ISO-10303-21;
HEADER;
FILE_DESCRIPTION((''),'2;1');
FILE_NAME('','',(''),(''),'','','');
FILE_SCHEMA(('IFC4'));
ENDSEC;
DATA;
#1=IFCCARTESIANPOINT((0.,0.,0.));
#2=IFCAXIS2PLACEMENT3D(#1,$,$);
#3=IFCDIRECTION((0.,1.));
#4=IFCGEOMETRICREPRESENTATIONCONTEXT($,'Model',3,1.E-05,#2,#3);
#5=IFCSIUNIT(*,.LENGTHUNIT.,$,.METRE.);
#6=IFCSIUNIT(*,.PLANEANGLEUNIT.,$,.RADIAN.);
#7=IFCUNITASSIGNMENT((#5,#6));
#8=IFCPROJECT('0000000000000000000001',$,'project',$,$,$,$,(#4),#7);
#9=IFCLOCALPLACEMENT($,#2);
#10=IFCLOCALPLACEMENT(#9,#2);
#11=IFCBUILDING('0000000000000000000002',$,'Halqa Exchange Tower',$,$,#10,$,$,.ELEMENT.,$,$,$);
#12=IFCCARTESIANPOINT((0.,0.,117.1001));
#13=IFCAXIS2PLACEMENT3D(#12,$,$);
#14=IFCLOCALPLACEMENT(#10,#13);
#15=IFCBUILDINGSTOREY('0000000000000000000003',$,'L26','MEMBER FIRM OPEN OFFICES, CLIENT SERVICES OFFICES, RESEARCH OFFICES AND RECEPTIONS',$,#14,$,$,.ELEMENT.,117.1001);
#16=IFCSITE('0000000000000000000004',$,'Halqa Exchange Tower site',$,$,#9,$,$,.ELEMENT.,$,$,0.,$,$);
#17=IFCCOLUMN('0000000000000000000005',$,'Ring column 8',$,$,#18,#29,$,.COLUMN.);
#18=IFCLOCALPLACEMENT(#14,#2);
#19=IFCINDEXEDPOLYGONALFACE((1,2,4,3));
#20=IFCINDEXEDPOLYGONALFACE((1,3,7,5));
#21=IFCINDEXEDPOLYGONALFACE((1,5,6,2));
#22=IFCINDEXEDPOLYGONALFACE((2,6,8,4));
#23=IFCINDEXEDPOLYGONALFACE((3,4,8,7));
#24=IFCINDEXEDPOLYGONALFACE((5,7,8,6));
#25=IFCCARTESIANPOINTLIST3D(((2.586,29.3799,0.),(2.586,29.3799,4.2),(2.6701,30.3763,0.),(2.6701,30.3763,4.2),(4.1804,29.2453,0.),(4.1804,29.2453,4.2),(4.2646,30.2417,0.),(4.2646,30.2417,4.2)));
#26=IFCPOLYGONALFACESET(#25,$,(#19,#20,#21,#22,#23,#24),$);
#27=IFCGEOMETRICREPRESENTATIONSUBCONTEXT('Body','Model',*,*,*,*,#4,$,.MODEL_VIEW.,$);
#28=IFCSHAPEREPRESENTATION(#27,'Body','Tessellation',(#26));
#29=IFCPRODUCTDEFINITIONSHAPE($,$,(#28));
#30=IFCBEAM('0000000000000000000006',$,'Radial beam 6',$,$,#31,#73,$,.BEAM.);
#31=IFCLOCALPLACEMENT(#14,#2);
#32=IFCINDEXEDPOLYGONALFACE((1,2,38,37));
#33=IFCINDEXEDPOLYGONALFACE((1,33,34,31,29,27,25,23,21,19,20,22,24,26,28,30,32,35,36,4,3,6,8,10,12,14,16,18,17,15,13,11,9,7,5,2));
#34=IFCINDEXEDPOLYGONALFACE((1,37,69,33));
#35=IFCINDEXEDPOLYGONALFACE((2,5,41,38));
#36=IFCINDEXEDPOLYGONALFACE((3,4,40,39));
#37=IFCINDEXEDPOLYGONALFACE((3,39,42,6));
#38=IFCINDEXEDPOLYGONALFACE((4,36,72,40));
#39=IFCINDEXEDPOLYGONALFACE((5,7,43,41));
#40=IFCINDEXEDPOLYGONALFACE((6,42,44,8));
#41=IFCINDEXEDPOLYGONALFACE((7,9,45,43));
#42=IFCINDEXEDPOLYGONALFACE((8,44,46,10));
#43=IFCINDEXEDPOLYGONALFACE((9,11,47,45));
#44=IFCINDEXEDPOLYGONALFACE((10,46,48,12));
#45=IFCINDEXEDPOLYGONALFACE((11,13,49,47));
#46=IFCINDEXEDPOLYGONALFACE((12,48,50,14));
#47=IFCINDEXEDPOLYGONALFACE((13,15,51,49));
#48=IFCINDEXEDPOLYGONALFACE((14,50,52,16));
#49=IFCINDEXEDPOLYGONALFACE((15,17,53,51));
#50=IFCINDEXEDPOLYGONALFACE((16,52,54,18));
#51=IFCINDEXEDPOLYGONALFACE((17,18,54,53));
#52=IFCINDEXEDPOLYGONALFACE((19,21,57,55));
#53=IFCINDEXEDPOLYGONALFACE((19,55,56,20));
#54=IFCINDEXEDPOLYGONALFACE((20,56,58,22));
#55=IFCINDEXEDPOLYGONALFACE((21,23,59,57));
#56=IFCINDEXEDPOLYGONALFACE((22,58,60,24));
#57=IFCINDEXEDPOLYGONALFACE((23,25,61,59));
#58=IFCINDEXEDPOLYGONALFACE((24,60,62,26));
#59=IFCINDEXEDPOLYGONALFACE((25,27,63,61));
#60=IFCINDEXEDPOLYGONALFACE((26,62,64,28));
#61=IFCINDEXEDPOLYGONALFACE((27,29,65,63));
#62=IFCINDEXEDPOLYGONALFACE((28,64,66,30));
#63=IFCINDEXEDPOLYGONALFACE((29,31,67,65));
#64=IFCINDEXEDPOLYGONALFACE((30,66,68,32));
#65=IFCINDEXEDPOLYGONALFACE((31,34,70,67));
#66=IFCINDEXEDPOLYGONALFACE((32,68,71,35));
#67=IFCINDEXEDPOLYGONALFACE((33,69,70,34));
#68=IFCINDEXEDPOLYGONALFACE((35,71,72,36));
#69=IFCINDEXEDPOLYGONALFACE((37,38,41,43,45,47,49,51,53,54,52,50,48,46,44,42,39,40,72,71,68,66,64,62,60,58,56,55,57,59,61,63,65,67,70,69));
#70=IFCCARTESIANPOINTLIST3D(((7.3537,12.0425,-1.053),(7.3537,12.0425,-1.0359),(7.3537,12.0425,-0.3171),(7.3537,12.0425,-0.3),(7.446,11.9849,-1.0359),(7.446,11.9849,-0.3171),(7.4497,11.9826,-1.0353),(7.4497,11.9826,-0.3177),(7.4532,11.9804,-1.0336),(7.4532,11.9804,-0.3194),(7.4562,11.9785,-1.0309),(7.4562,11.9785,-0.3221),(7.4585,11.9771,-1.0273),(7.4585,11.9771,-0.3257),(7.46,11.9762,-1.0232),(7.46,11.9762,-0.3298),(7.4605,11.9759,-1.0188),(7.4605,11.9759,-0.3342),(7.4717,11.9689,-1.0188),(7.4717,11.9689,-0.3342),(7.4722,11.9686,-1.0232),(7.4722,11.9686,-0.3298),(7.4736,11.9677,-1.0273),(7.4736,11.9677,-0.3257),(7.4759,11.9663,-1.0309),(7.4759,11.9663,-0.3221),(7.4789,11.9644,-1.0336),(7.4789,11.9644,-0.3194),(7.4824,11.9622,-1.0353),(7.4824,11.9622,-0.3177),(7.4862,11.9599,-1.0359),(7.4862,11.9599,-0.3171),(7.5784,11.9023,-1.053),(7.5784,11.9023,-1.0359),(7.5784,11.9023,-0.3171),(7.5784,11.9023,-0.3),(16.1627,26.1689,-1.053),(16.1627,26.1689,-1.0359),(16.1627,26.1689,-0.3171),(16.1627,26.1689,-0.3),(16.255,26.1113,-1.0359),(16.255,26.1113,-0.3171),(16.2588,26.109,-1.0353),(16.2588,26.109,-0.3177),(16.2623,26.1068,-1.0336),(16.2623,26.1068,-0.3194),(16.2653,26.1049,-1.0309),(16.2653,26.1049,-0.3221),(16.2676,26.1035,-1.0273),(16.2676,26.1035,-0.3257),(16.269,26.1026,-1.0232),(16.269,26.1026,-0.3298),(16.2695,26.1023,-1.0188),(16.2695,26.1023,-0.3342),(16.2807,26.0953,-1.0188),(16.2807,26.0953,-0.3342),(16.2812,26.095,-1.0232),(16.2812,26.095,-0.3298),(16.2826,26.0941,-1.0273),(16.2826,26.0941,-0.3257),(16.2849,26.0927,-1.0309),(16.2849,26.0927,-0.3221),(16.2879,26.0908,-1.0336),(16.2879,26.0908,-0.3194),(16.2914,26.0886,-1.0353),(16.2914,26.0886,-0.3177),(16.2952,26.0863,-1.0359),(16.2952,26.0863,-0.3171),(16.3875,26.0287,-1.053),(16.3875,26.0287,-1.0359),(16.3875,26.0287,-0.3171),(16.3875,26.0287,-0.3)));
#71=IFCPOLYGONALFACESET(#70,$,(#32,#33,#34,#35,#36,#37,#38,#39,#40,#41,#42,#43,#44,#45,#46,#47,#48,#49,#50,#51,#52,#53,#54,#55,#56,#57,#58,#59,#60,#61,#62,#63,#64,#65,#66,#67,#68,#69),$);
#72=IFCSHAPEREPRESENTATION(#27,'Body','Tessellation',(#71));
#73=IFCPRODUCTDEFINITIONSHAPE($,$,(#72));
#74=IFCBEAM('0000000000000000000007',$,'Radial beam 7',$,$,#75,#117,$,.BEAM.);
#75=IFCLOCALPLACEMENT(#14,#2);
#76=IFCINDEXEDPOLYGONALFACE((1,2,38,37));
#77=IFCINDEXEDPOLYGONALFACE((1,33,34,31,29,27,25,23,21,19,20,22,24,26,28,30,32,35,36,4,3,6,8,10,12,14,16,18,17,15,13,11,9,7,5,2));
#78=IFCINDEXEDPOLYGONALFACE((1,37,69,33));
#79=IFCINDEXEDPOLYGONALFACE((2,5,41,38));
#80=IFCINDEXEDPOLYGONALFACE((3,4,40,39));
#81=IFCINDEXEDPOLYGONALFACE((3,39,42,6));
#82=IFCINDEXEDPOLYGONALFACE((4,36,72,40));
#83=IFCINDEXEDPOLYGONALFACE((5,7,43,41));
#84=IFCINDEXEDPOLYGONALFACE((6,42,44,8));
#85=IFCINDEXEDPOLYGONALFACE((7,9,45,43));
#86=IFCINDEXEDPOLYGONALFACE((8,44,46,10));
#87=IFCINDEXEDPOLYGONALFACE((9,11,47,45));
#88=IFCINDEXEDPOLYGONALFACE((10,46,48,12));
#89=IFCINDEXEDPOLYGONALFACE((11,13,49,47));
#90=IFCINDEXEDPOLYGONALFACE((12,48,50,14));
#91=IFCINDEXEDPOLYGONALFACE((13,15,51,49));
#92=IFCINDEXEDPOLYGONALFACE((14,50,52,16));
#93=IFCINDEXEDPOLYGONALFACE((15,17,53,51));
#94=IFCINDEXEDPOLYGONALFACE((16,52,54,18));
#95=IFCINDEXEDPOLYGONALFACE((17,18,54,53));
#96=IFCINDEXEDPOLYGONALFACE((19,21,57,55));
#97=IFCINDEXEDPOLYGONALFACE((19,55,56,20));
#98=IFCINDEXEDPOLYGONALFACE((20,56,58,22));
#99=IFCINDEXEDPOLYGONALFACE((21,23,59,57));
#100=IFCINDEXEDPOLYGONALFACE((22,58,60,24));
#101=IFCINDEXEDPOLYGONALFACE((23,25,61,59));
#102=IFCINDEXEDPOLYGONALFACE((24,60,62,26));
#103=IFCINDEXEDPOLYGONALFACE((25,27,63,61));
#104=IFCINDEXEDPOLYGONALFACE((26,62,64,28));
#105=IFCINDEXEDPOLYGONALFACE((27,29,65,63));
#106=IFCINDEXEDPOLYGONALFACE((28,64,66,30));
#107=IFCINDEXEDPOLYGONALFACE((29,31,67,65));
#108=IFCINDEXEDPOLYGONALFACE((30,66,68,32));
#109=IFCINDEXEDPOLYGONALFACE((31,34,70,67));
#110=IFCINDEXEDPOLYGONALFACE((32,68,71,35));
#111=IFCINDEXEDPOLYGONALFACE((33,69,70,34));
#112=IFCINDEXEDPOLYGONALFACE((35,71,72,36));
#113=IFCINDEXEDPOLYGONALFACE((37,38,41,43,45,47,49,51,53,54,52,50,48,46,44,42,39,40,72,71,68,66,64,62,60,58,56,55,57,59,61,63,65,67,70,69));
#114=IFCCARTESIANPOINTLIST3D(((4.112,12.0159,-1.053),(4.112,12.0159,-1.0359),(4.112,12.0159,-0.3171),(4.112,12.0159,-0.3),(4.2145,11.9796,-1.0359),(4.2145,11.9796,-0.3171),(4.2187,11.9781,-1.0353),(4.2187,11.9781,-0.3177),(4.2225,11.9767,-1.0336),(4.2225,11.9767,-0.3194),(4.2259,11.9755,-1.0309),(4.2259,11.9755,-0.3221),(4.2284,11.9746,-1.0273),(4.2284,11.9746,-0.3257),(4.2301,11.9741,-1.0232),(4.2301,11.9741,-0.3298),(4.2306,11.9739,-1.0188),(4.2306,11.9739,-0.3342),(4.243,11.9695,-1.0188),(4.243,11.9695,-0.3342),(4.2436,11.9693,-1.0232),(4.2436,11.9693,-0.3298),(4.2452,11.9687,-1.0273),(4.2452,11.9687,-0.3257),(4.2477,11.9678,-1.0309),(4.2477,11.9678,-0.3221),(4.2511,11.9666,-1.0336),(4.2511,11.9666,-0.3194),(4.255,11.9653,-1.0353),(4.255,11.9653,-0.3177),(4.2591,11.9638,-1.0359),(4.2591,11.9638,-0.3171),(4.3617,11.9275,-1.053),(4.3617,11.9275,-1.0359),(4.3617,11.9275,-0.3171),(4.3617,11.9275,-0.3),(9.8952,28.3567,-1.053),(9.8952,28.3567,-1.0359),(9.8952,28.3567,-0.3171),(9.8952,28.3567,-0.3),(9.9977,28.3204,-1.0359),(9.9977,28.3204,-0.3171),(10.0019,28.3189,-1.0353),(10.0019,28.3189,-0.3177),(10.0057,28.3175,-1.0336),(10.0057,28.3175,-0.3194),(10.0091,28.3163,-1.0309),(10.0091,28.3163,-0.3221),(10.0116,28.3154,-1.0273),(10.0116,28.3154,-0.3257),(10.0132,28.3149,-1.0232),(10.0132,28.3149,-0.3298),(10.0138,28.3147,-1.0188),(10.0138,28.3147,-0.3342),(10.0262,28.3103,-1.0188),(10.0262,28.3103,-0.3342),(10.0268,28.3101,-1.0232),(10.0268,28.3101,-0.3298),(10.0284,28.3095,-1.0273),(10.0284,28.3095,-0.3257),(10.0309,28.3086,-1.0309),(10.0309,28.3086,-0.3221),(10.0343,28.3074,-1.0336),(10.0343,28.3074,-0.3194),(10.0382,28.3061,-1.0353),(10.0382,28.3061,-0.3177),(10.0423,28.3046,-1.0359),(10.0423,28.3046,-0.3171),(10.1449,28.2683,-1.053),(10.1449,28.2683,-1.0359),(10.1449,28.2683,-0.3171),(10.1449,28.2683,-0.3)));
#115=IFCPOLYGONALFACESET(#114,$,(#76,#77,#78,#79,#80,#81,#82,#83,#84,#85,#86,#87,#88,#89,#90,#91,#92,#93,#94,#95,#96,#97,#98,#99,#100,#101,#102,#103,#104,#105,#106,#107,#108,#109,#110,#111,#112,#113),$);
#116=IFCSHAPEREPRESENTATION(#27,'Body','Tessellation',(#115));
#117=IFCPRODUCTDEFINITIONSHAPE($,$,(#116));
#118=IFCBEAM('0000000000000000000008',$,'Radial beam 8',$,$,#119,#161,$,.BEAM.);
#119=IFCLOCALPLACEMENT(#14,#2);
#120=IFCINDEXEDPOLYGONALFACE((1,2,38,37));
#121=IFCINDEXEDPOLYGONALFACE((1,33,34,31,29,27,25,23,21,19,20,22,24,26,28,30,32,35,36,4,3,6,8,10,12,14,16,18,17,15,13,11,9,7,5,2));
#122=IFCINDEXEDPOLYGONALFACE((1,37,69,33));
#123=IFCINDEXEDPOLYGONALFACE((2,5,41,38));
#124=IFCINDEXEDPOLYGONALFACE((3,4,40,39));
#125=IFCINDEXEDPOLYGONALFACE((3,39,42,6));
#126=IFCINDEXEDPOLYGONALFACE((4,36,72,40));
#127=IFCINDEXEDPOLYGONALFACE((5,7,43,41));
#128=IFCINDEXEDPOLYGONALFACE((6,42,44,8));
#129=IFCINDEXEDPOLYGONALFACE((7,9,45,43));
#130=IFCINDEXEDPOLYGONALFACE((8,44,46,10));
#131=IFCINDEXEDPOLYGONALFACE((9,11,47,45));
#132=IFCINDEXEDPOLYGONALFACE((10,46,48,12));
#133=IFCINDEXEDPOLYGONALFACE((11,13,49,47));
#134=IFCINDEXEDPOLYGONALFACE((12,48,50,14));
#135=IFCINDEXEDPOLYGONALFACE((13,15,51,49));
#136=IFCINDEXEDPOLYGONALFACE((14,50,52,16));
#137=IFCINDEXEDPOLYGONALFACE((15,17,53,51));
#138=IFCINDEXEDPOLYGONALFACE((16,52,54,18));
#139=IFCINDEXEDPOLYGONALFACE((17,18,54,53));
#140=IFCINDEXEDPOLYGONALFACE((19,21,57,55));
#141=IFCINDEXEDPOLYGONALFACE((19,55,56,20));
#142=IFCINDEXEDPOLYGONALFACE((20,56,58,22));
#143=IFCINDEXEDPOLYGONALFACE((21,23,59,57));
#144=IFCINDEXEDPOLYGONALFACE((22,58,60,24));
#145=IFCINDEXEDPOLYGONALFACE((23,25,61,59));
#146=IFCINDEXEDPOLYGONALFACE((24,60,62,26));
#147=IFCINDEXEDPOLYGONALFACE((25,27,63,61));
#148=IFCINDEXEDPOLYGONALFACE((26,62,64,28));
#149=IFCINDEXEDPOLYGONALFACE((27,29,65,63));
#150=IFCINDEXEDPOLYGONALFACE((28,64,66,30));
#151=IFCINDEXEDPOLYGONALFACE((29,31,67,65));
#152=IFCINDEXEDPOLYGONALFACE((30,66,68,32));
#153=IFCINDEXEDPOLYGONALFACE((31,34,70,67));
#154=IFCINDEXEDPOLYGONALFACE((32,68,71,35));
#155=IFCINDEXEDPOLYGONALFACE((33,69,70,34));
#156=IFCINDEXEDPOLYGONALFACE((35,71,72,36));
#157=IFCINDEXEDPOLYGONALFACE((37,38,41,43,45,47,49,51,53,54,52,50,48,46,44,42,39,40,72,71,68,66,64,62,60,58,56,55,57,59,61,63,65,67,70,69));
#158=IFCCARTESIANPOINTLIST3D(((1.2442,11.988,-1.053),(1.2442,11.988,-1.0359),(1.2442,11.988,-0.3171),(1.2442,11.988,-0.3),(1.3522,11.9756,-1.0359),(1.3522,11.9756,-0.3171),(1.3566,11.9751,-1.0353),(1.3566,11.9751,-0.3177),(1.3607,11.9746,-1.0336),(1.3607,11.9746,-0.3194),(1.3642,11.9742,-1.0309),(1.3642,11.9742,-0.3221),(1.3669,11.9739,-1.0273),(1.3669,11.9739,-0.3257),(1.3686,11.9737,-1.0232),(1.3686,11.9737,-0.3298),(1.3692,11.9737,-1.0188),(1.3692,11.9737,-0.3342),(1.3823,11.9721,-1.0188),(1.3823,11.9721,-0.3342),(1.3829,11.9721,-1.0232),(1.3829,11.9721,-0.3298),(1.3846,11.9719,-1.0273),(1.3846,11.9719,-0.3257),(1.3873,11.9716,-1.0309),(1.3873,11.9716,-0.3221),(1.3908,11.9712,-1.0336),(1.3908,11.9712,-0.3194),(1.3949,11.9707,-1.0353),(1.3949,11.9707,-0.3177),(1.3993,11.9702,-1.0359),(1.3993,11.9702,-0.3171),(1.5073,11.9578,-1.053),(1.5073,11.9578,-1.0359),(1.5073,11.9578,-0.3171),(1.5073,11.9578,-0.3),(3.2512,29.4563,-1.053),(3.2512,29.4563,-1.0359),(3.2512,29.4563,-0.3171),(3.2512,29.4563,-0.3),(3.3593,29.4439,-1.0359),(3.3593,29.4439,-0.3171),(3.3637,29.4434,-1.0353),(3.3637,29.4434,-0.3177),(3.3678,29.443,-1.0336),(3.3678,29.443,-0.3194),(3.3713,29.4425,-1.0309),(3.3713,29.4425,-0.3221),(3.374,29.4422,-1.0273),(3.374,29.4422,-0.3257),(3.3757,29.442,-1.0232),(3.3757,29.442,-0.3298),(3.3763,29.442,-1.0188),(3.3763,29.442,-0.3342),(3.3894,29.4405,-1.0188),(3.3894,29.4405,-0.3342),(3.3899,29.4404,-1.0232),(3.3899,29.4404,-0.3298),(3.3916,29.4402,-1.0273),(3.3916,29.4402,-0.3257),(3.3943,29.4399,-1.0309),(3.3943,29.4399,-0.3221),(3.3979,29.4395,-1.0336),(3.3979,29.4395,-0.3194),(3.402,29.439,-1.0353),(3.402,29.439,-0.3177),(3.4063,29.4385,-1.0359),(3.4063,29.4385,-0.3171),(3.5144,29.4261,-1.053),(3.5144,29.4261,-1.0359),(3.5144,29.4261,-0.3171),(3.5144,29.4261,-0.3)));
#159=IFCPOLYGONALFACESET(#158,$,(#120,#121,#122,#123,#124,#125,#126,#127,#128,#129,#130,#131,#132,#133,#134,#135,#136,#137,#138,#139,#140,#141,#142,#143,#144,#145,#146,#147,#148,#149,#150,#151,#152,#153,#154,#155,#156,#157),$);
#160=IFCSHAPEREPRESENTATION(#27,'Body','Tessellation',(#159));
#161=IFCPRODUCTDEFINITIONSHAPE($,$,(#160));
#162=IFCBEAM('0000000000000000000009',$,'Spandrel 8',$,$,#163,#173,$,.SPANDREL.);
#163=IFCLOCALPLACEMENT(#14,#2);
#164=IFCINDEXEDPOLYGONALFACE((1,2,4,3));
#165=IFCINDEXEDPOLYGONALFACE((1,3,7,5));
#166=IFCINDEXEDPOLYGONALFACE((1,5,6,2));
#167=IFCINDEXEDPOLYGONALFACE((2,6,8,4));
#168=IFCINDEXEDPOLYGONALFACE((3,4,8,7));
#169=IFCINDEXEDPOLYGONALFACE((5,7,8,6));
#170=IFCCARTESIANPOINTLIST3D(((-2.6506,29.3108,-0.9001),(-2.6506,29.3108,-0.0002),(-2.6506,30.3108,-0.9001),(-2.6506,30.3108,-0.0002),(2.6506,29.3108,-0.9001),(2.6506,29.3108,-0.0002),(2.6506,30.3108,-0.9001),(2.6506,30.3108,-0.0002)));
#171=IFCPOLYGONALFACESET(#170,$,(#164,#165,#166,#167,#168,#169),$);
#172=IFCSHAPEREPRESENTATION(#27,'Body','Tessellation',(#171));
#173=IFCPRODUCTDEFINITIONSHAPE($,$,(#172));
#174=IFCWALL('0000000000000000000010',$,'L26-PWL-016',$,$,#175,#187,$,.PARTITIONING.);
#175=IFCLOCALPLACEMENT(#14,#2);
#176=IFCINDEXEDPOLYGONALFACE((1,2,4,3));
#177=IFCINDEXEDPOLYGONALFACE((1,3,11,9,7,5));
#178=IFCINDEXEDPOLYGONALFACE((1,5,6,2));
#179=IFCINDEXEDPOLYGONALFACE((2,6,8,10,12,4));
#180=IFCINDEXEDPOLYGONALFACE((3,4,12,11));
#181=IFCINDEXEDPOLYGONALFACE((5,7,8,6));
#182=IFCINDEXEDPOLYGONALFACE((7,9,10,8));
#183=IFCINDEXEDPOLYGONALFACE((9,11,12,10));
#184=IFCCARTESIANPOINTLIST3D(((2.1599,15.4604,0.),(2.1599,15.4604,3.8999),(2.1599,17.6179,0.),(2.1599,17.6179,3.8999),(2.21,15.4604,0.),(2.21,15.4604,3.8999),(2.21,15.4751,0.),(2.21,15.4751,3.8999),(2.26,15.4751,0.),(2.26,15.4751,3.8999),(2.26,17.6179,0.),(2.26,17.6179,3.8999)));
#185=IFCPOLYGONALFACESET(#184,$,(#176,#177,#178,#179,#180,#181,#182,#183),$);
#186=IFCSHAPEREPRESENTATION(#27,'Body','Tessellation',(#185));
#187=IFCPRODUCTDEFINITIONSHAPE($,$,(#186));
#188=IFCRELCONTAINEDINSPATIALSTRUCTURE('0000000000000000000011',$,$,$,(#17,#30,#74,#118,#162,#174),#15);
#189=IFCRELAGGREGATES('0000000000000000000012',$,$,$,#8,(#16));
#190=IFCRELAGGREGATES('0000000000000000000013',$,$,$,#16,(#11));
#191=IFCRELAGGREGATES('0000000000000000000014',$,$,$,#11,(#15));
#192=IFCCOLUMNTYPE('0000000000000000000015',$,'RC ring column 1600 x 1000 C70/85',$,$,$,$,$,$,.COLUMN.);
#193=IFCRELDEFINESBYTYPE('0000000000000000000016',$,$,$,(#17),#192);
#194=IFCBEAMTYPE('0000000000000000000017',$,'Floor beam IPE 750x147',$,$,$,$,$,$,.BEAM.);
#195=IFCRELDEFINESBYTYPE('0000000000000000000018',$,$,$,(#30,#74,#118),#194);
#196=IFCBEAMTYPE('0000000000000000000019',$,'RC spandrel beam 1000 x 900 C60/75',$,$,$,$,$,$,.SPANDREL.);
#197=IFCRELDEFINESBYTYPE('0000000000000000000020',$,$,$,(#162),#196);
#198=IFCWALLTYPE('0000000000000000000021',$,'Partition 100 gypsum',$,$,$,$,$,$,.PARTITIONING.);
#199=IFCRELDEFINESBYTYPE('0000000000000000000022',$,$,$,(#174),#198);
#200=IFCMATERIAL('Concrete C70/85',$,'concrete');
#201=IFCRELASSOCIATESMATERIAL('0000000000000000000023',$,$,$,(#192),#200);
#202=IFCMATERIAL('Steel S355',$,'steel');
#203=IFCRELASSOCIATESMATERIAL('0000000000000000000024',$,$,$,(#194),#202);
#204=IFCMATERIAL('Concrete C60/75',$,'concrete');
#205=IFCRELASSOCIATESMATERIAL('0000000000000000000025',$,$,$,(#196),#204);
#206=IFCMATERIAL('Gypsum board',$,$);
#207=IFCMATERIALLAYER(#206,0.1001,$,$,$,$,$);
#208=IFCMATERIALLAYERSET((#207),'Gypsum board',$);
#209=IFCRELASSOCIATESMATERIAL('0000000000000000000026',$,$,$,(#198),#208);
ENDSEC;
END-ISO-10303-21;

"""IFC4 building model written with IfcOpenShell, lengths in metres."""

from ifc_helpers import new_model, si_unit, direction, frame, origin, origin_2d, place, context, subcontext, project, spatial, polyline, rectangle, i_section, outline, extrude, material, layer, layer_set, material_profile, profile_set, type_object, element, save


model = new_model("IFC4")

# Units and contexts
model_context = context("Model", 3, precision=1e-05, world=origin(), true_north=direction((0.0, 1.0)))
body_context = subcontext(model_context, "Body", "Model", "MODEL_VIEW")
ifc_project = project(units=[si_unit("LENGTHUNIT", "METRE"), si_unit("PLANEANGLEUNIT", "RADIAN")], contexts=[model_context])

# Site, building, storey
site_placement = place(None, origin())
site = spatial("IfcSite", under=ifc_project, at=site_placement, Name="Halqa Exchange Tower site", CompositionType="ELEMENT", RefElevation=0.0)
building_placement = place(site_placement, origin())
building = spatial("IfcBuilding", under=site, at=building_placement, Name="Halqa Exchange Tower", CompositionType="ELEMENT")
storey_placement = place(building_placement, frame((0.0, 0.0, 117.1001)))
storey = spatial("IfcBuildingStorey", under=building, at=storey_placement, Name="L26", Description="MEMBER FIRM OPEN OFFICES, CLIENT SERVICES OFFICES, RESEARCH OFFICES AND RECEPTIONS", CompositionType="ELEMENT", Elevation=117.1001)

# Column
ifc_material_1 = material(Name="Concrete C70/85", Category="concrete")
ifc_material_profile_1 = material_profile(ifc_material_1, rectangle(XDim=1.6001, YDim=1.0, at=origin_2d()), Name="1600 x 1000")
ifc_profile_set_1 = profile_set([ifc_material_profile_1], Name="Concrete C70/85")
column_type = type_object("IfcColumnType", Name="RC ring column 1600 x 1000 C70/85", PredefinedType="COLUMN", material=ifc_profile_set_1)
column_placement = place(storey_placement, frame((3.4253, 29.8108, 0.0), z_axis=(0.0, 0.0, 1.0), x_axis=(-0.996456, 0.084121, 0.0)))
element("IfcColumn", 1, at=column_placement, inside=storey, type_object=column_type, Name="Ring column 8", PredefinedType="COLUMN", context=body_context, shape_type="SweptSolid", body=[
    extrude(rectangle(XDim=1.6001, YDim=1.0, at=origin_2d()), origin(), (0.0, 0.0, 1.0), 4.2),
])

# Beams
ifc_material_2 = material(Name="Steel S355", Category="steel")
ifc_material_profile_2 = material_profile(ifc_material_2, i_section(OverallWidth=0.2649, OverallDepth=0.7529, WebThickness=0.0132, FlangeThickness=0.0171, FilletRadius=0.0171, at=origin_2d()), Name="IPE 750x147")
ifc_profile_set_2 = profile_set([ifc_material_profile_2], Name="Steel S355")
beam_type_1 = type_object("IfcBeamType", Name="Floor beam IPE 750x147", PredefinedType="BEAM", material=ifc_profile_set_2)
beam_1_placement = place(storey_placement, frame((7.4661, 11.9724, -0.6765), z_axis=(0.529137, 0.848537, 0.0), x_axis=(-0.848537, 0.529137, 0.0)))
element("IfcBeam", 2, at=beam_1_placement, inside=storey, type_object=beam_type_1, Name="Radial beam 6", PredefinedType="BEAM", context=body_context, shape_type="SweptSolid", body=[
    extrude(i_section(OverallWidth=0.2649, OverallDepth=0.7529, WebThickness=0.0132, FlangeThickness=0.0171, FilletRadius=0.0171, at=origin_2d()), origin(), (0.0, 0.0, 1.0), 16.6479),
])
beam_2_placement = place(storey_placement, frame((4.2368, 11.9717, -0.6765), z_axis=(0.333633, 0.942703, 0.0), x_axis=(-0.942703, 0.333633, 0.0)))
element("IfcBeam", 3, at=beam_2_placement, inside=storey, type_object=beam_type_1, Name="Radial beam 7", PredefinedType="BEAM", context=body_context, shape_type="SweptSolid", body=[
    extrude(i_section(OverallWidth=0.2649, OverallDepth=0.7529, WebThickness=0.0132, FlangeThickness=0.0171, FilletRadius=0.0171, at=origin_2d()), origin(), (0.0, 0.0, 1.0), 17.334),
])
beam_3_placement = place(storey_placement, frame((1.3757, 11.9729, -0.6765), z_axis=(0.114148, 0.993464, 0.0), x_axis=(-0.993464, 0.114148, 0.0)))
element("IfcBeam", 4, at=beam_3_placement, inside=storey, type_object=beam_type_1, Name="Radial beam 8", PredefinedType="BEAM", context=body_context, shape_type="SweptSolid", body=[
    extrude(i_section(OverallWidth=0.2649, OverallDepth=0.7529, WebThickness=0.0132, FlangeThickness=0.0171, FilletRadius=0.0171, at=origin_2d()), origin(), (0.0, 0.0, 1.0), 17.5833),
])
ifc_material_3 = material(Name="Concrete C60/75", Category="concrete")
ifc_material_profile_3 = material_profile(ifc_material_3, rectangle(XDim=1.0, YDim=0.8999, at=origin_2d()), Name="1000 x 900")
ifc_profile_set_3 = profile_set([ifc_material_profile_3], Name="Concrete C60/75")
beam_type_2 = type_object("IfcBeamType", Name="RC spandrel beam 1000 x 900 C60/75", PredefinedType="SPANDREL", material=ifc_profile_set_3)
beam_4_placement = place(storey_placement, frame((2.6506, 29.8108, -0.4502), z_axis=(-1.0, 0.0, 0.0), x_axis=(0.0, -1.0, 0.0)))
element("IfcBeam", 5, at=beam_4_placement, inside=storey, type_object=beam_type_2, Name="Spandrel 8", PredefinedType="SPANDREL", context=body_context, shape_type="SweptSolid", body=[
    extrude(rectangle(XDim=1.0, YDim=0.8999, at=origin_2d()), origin(), (0.0, 0.0, 1.0), 5.3013),
])

# Wall
ifc_material_4 = material(Name="Gypsum board")
ifc_layer_1 = layer(ifc_material_4, 0.1001)
ifc_layer_set_1 = layer_set([ifc_layer_1], Name="Gypsum board")
wall_type_1 = type_object("IfcWallType", Name="Partition 100 gypsum", PredefinedType="PARTITIONING", material=ifc_layer_set_1)
wall_1_placement = place(storey_placement, frame((2.21, 15.4604, 0.0), z_axis=(0.0, 0.0, 1.0), x_axis=(0.0, 1.0, 0.0)))
element("IfcWall", 6, at=wall_1_placement, inside=storey, type_object=wall_type_1, Name="L26-PWL-016", PredefinedType="PARTITIONING", context=body_context, shape_type="SweptSolid", body=[
    extrude(outline(polyline([(0.0, 0.05), (0.0, 0.0), (0.0146, 0.0), (0.0146, -0.05), (2.1575, -0.05), (2.1575, 0.05), (0.0, 0.05)])), origin(), (0.0, 0.0, 1.0), 3.8999),
])

save(model, "model.ifc")
